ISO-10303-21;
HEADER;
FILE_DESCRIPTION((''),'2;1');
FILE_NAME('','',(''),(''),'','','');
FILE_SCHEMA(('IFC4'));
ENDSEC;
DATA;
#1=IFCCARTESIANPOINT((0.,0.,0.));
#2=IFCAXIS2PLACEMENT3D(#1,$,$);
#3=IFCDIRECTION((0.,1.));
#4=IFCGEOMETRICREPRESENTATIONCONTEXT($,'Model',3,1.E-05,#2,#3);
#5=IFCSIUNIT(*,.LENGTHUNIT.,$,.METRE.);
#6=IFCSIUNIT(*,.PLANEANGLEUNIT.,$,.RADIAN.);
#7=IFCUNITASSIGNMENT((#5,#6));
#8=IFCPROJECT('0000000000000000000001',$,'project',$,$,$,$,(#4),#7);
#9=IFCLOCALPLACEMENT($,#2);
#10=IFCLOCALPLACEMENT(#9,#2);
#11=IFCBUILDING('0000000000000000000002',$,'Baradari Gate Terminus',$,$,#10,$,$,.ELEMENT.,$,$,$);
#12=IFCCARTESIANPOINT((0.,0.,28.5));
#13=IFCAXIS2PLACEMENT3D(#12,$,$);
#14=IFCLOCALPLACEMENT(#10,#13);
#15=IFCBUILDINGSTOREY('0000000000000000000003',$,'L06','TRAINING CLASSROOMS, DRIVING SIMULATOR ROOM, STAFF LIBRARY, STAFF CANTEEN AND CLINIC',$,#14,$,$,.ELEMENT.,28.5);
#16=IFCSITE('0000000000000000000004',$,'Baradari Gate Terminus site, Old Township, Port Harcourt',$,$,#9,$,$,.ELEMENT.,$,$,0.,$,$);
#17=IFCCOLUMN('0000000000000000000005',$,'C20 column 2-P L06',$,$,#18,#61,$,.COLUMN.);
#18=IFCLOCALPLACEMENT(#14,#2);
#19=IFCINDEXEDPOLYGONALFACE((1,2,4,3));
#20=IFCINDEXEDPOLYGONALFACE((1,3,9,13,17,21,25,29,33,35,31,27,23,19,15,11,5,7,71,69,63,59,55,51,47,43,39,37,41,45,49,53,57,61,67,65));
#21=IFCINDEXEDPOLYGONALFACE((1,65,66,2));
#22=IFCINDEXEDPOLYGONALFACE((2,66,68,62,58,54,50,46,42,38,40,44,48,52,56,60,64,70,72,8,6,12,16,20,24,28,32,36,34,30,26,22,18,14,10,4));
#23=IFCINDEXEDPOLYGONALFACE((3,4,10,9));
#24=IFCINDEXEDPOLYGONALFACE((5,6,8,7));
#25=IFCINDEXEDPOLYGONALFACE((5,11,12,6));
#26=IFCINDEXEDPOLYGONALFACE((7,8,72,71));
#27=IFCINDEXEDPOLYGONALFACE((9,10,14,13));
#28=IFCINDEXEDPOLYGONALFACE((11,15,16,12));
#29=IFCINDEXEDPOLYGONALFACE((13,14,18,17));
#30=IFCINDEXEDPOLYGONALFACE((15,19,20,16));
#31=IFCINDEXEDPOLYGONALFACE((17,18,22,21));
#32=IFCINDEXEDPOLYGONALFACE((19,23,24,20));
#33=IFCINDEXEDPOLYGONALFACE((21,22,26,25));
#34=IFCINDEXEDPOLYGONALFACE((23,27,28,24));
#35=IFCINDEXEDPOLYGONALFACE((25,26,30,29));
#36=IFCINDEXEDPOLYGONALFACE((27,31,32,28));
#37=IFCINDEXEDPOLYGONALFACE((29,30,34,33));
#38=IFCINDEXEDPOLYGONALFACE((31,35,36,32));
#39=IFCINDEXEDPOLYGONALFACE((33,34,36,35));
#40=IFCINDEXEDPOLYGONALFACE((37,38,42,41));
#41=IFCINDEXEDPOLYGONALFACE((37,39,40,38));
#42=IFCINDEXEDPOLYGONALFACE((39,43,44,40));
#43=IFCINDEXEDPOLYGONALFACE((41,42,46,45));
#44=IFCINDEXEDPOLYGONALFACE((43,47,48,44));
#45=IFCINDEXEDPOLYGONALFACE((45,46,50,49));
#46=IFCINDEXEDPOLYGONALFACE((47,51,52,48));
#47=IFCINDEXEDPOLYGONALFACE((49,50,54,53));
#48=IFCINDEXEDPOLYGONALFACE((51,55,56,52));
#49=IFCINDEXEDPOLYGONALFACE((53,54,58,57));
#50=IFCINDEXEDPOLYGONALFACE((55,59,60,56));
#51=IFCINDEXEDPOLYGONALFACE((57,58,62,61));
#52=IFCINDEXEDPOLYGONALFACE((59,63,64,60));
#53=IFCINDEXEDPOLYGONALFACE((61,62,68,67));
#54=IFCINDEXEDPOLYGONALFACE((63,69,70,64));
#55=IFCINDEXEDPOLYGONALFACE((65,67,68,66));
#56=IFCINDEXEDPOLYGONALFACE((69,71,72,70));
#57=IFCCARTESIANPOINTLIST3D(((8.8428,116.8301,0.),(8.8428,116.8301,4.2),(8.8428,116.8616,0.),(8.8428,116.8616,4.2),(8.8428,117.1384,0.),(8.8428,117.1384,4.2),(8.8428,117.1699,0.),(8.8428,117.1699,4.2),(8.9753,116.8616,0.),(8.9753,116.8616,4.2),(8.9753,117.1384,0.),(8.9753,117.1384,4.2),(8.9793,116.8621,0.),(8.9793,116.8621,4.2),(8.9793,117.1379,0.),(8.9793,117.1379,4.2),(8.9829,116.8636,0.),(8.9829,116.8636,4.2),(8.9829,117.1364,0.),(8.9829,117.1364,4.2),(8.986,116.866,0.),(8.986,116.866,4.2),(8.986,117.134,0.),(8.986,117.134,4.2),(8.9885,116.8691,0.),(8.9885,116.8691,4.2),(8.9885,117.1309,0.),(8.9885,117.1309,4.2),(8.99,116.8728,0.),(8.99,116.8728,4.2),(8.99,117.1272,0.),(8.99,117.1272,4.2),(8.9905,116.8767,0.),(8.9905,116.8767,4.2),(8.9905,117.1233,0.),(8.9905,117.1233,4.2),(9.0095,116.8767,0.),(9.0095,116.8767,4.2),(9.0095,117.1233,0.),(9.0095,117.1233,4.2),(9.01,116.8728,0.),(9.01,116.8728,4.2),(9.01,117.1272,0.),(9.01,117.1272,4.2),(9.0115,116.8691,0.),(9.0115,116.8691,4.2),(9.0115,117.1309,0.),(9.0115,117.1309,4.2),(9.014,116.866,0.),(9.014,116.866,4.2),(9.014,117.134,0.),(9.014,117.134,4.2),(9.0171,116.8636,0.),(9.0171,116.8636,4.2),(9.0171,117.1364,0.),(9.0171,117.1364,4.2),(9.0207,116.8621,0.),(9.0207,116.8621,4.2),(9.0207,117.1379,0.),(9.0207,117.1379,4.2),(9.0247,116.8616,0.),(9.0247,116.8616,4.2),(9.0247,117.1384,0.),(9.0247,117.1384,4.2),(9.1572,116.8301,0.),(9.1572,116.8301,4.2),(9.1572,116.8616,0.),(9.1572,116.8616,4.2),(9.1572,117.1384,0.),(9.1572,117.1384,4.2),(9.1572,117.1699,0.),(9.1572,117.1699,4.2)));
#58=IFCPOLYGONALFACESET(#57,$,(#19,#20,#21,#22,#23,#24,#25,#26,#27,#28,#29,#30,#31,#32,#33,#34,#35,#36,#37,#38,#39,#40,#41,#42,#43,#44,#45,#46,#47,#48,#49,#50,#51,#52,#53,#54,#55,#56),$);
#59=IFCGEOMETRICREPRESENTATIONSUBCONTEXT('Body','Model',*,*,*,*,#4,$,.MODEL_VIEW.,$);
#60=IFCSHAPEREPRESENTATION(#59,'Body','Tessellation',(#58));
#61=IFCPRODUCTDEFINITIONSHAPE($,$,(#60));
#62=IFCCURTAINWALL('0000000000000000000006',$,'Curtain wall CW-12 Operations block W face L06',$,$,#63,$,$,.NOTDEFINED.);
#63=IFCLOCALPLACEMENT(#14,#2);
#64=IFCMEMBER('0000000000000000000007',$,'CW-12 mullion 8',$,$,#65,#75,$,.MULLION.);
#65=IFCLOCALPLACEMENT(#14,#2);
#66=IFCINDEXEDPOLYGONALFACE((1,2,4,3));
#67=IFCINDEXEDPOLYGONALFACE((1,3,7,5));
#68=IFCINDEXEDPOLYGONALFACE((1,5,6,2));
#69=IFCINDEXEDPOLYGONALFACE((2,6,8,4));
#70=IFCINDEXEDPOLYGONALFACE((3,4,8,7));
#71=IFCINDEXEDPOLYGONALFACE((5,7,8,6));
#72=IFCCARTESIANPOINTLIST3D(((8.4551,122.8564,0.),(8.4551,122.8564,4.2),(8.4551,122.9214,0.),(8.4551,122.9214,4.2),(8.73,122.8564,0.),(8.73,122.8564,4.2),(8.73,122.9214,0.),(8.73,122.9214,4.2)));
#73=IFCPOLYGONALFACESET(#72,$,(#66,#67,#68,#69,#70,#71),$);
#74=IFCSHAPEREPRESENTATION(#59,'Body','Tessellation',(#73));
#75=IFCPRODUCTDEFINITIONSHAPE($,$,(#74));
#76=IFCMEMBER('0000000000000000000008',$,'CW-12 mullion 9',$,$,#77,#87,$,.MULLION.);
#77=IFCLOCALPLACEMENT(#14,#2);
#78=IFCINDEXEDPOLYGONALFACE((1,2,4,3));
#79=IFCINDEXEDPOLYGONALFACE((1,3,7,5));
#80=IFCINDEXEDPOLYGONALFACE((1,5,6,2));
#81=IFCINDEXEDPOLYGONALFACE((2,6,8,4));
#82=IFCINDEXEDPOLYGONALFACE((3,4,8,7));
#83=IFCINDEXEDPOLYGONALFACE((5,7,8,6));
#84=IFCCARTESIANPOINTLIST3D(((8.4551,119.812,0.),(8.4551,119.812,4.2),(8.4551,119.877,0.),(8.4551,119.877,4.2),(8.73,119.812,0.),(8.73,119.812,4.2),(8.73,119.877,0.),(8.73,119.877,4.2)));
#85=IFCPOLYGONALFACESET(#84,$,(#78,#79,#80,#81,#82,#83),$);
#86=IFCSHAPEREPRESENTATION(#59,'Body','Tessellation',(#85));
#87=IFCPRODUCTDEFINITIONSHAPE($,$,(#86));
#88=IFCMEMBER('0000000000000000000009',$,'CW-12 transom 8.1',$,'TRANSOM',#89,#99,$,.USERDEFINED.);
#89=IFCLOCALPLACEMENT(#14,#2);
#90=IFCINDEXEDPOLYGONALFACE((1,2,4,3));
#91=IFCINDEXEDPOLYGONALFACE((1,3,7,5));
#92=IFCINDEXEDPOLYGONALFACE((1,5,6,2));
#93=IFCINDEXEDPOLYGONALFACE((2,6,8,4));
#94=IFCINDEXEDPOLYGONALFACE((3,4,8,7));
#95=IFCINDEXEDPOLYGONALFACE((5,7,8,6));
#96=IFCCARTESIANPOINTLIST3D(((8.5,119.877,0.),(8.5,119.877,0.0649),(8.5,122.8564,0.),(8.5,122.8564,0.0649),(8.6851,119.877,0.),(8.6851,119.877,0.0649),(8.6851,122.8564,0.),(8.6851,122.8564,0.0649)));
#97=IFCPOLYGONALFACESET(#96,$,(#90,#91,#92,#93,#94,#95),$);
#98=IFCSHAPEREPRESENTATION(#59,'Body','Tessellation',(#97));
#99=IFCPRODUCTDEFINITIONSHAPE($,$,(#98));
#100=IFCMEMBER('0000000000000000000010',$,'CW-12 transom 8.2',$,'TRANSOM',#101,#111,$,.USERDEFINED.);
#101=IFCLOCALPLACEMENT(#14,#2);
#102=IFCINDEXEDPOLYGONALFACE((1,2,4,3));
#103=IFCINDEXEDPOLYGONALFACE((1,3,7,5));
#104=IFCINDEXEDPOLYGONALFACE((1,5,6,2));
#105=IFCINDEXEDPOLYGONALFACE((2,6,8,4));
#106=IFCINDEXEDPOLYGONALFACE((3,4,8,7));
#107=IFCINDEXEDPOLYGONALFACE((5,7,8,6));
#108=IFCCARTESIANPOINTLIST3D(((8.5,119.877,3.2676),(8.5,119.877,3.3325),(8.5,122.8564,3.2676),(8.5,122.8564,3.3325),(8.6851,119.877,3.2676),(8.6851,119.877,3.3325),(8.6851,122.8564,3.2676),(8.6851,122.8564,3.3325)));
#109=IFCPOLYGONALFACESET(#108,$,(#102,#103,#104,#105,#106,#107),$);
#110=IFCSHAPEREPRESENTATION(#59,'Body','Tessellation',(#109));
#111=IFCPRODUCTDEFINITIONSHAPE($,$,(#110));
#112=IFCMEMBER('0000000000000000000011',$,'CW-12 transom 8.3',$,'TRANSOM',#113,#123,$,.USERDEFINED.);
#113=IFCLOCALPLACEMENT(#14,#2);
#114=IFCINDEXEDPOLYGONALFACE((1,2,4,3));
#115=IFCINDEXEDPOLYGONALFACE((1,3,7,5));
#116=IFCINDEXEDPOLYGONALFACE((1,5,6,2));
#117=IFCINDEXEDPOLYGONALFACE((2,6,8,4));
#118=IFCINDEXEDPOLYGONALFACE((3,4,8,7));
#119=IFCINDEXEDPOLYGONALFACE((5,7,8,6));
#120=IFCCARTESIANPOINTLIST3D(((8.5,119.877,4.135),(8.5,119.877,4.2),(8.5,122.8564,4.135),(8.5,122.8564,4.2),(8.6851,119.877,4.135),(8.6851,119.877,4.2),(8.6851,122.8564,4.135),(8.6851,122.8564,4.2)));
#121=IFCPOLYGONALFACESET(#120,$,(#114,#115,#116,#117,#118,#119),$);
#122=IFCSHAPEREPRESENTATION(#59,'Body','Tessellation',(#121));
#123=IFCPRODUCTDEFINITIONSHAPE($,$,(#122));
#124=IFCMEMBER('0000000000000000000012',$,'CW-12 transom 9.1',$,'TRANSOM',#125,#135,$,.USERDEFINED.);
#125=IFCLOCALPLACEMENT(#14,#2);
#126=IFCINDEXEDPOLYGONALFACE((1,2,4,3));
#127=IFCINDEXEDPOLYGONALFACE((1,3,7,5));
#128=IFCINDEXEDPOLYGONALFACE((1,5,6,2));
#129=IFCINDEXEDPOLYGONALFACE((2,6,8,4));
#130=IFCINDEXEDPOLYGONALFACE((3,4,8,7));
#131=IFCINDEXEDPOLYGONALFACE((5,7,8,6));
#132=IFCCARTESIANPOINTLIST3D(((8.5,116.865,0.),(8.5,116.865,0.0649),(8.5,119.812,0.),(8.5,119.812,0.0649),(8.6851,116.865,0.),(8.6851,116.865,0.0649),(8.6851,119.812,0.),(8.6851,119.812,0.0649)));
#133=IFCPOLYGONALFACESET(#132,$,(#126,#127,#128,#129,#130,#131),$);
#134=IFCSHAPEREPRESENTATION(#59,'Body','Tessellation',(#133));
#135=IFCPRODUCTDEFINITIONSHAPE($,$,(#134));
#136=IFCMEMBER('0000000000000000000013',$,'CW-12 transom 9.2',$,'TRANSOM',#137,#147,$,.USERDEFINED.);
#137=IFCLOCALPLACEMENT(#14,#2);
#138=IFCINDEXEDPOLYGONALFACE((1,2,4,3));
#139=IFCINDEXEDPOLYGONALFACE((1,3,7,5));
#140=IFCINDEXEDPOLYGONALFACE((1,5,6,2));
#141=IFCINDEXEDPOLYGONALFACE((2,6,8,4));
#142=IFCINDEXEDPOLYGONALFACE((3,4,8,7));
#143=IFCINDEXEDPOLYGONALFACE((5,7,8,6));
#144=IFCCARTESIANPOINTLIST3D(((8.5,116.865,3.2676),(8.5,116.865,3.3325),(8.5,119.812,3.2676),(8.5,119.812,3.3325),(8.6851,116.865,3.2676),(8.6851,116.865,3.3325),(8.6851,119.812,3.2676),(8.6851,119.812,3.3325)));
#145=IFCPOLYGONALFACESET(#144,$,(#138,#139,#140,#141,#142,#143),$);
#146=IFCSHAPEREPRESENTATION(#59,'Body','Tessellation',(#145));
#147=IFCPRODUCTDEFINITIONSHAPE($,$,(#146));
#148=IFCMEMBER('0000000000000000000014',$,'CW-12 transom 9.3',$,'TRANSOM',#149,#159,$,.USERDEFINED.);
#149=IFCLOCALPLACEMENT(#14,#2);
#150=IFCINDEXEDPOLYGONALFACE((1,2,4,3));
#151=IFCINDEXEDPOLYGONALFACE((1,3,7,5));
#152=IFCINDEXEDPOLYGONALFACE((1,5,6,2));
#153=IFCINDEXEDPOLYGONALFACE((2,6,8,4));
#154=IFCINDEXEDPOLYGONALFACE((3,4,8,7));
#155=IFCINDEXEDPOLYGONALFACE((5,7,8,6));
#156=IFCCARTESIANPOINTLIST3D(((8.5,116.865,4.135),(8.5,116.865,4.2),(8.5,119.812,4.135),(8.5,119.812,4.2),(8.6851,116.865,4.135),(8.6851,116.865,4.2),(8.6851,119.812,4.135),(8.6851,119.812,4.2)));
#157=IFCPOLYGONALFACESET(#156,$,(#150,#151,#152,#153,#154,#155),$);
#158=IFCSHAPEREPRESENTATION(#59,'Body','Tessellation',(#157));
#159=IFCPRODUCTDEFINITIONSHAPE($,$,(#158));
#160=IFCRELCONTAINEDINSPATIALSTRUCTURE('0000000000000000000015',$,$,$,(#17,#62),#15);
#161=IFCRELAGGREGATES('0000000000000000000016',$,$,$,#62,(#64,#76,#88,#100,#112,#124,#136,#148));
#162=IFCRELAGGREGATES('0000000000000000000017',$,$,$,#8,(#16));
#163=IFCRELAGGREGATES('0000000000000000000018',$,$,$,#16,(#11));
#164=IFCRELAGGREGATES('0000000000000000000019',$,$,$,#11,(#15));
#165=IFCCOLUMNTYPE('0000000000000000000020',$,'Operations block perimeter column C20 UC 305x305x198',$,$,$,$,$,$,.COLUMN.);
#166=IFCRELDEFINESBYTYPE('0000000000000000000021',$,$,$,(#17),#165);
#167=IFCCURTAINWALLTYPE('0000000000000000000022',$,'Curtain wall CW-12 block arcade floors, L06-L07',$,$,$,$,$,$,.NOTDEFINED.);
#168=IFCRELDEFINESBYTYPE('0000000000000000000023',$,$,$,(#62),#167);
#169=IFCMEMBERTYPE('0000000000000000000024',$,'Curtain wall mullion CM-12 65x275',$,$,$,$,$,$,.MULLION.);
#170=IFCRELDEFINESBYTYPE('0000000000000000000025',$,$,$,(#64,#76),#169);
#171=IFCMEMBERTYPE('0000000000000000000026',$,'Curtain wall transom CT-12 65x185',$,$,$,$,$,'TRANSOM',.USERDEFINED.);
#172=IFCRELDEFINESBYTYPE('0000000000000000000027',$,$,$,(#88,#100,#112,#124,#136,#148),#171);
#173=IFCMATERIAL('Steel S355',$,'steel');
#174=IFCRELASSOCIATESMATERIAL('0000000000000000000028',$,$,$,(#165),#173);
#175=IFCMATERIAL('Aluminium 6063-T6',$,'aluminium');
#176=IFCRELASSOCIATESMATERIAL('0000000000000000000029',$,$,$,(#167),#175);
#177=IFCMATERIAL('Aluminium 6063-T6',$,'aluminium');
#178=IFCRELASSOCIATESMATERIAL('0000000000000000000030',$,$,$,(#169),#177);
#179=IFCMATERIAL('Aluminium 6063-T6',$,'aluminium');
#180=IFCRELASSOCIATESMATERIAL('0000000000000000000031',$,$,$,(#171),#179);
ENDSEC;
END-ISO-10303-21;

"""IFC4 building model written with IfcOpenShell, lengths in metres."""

from ifc_helpers import new_model, si_unit, direction, frame, origin, origin_2d, place, context, subcontext, project, spatial, rectangle, i_section, extrude, material, material_profile, profile_set, type_object, element, aggregate, save


model = new_model("IFC4")

# Units and contexts
model_context = context("Model", 3, precision=1e-05, world=origin(), true_north=direction((0.0, 1.0)))
body_context = subcontext(model_context, "Body", "Model", "MODEL_VIEW")
ifc_project = project(units=[si_unit("LENGTHUNIT", "METRE"), si_unit("PLANEANGLEUNIT", "RADIAN")], contexts=[model_context])

# Site, building, storey
site_placement = place(None, origin())
site = spatial("IfcSite", under=ifc_project, at=site_placement, Name="Baradari Gate Terminus site, Old Township, Port Harcourt", CompositionType="ELEMENT", RefElevation=0.0)
building_placement = place(site_placement, origin())
building = spatial("IfcBuilding", under=site, at=building_placement, Name="Baradari Gate Terminus", CompositionType="ELEMENT")
storey_placement = place(building_placement, frame((0.0, 0.0, 28.5)))
storey = spatial("IfcBuildingStorey", under=building, at=storey_placement, Name="L06", Description="TRAINING CLASSROOMS, DRIVING SIMULATOR ROOM, STAFF LIBRARY, STAFF CANTEEN AND CLINIC", CompositionType="ELEMENT", Elevation=28.5)

# Column
ifc_material_1 = material(Name="Steel S355", Category="steel")
ifc_material_profile_1 = material_profile(ifc_material_1, i_section(OverallWidth=0.3145, OverallDepth=0.3398, WebThickness=0.019, FlangeThickness=0.0315, FilletRadius=0.0151, at=origin_2d()), Name="UC 305x305x198")
ifc_profile_set_1 = profile_set([ifc_material_profile_1], Name="Steel S355")
column_type = type_object("IfcColumnType", Name="Operations block perimeter column C20 UC 305x305x198", PredefinedType="COLUMN", material=ifc_profile_set_1)
column_placement = place(storey_placement, frame((9.0, 117.0, 0.0), z_axis=(0.0, 0.0, 1.0), x_axis=(1.0, 0.0, 0.0)))
element("IfcColumn", 1, at=column_placement, inside=storey, type_object=column_type, Name="C20 column 2-P L06", PredefinedType="COLUMN", context=body_context, shape_type="SweptSolid", body=[
    extrude(i_section(OverallWidth=0.3145, OverallDepth=0.3398, WebThickness=0.019, FlangeThickness=0.0315, FilletRadius=0.0151, at=origin_2d()), origin(), (0.0, 0.0, 1.0), 4.2),
])

# Curtain wall, members
ifc_material_2 = material(Name="Aluminium 6063-T6", Category="aluminium")
curtain_wall_type = type_object("IfcCurtainWallType", Name="Curtain wall CW-12 block arcade floors, L06-L07", PredefinedType="NOTDEFINED", material=ifc_material_2)
curtain_wall_placement = place(storey_placement, origin())
curtain_wall = element("IfcCurtainWall", 2, at=curtain_wall_placement, inside=storey, type_object=curtain_wall_type, Name="Curtain wall CW-12 Operations block W face L06", PredefinedType="NOTDEFINED")
ifc_material_3 = material(Name="Aluminium 6063-T6", Category="aluminium")
ifc_material_profile_2 = material_profile(ifc_material_3, rectangle(XDim=0.2749, YDim=0.0649, at=origin_2d()), Name="CM-12 65X275")
ifc_profile_set_2 = profile_set([ifc_material_profile_2], Name="Aluminium 6063-T6")
member_type_1 = type_object("IfcMemberType", Name="Curtain wall mullion CM-12 65x275", PredefinedType="MULLION", material=ifc_profile_set_2)
member_1_placement = place(storey_placement, frame((8.5925, 122.8889, 0.0), z_axis=(0.0, 0.0, 1.0), x_axis=(1.0, 0.0, 0.0)))
member_1 = element("IfcMember", 3, at=member_1_placement, type_object=member_type_1, Name="CW-12 mullion 8", PredefinedType="MULLION", context=body_context, shape_type="SweptSolid", body=[
    extrude(rectangle(XDim=0.2749, YDim=0.0649, at=origin_2d()), origin(), (0.0, 0.0, 1.0), 4.2),
])
member_2_placement = place(storey_placement, frame((8.5925, 119.8445, 0.0), z_axis=(0.0, 0.0, 1.0), x_axis=(1.0, 0.0, 0.0)))
member_2 = element("IfcMember", 4, at=member_2_placement, type_object=member_type_1, Name="CW-12 mullion 9", PredefinedType="MULLION", context=body_context, shape_type="SweptSolid", body=[
    extrude(rectangle(XDim=0.2749, YDim=0.0649, at=origin_2d()), origin(), (0.0, 0.0, 1.0), 4.2),
])
ifc_material_4 = material(Name="Aluminium 6063-T6", Category="aluminium")
ifc_material_profile_3 = material_profile(ifc_material_4, rectangle(XDim=0.1851, YDim=0.0649, at=origin_2d()), Name="CT-12 65X185")
ifc_profile_set_3 = profile_set([ifc_material_profile_3], Name="Aluminium 6063-T6")
member_type_2 = type_object("IfcMemberType", Name="Curtain wall transom CT-12 65x185", ElementType="TRANSOM", PredefinedType="USERDEFINED", material=ifc_profile_set_3)
member_3_placement = place(storey_placement, frame((8.5925, 122.8564, 0.0325), z_axis=(0.0, -1.0, 0.0), x_axis=(1.0, 0.0, 0.0)))
member_3 = element("IfcMember", 5, at=member_3_placement, type_object=member_type_2, Name="CW-12 transom 8.1", ObjectType="TRANSOM", PredefinedType="USERDEFINED", context=body_context, shape_type="SweptSolid", body=[
    extrude(rectangle(XDim=0.1851, YDim=0.0649, at=origin_2d()), origin(), (0.0, 0.0, 1.0), 2.9795),
])
member_4_placement = place(storey_placement, frame((8.5925, 122.8564, 3.3), z_axis=(0.0, -1.0, 0.0), x_axis=(1.0, 0.0, 0.0)))
member_4 = element("IfcMember", 6, at=member_4_placement, type_object=member_type_2, Name="CW-12 transom 8.2", ObjectType="TRANSOM", PredefinedType="USERDEFINED", context=body_context, shape_type="SweptSolid", body=[
    extrude(rectangle(XDim=0.1851, YDim=0.0649, at=origin_2d()), origin(), (0.0, 0.0, 1.0), 2.9795),
])
member_5_placement = place(storey_placement, frame((8.5925, 122.8564, 4.1675), z_axis=(0.0, -1.0, 0.0), x_axis=(1.0, 0.0, 0.0)))
member_5 = element("IfcMember", 7, at=member_5_placement, type_object=member_type_2, Name="CW-12 transom 8.3", ObjectType="TRANSOM", PredefinedType="USERDEFINED", context=body_context, shape_type="SweptSolid", body=[
    extrude(rectangle(XDim=0.1851, YDim=0.0649, at=origin_2d()), origin(), (0.0, 0.0, 1.0), 2.9795),
])
member_6_placement = place(storey_placement, frame((8.5925, 119.812, 0.0325), z_axis=(0.0, -1.0, 0.0), x_axis=(1.0, 0.0, 0.0)))
member_6 = element("IfcMember", 8, at=member_6_placement, type_object=member_type_2, Name="CW-12 transom 9.1", ObjectType="TRANSOM", PredefinedType="USERDEFINED", context=body_context, shape_type="SweptSolid", body=[
    extrude(rectangle(XDim=0.1851, YDim=0.0649, at=origin_2d()), origin(), (0.0, 0.0, 1.0), 2.947),
])
member_7_placement = place(storey_placement, frame((8.5925, 119.812, 3.3), z_axis=(0.0, -1.0, 0.0), x_axis=(1.0, 0.0, 0.0)))
member_7 = element("IfcMember", 9, at=member_7_placement, type_object=member_type_2, Name="CW-12 transom 9.2", ObjectType="TRANSOM", PredefinedType="USERDEFINED", context=body_context, shape_type="SweptSolid", body=[
    extrude(rectangle(XDim=0.1851, YDim=0.0649, at=origin_2d()), origin(), (0.0, 0.0, 1.0), 2.947),
])
member_8_placement = place(storey_placement, frame((8.5925, 119.812, 4.1675), z_axis=(0.0, -1.0, 0.0), x_axis=(1.0, 0.0, 0.0)))
member_8 = element("IfcMember", 10, at=member_8_placement, type_object=member_type_2, Name="CW-12 transom 9.3", ObjectType="TRANSOM", PredefinedType="USERDEFINED", context=body_context, shape_type="SweptSolid", body=[
    extrude(rectangle(XDim=0.1851, YDim=0.0649, at=origin_2d()), origin(), (0.0, 0.0, 1.0), 2.947),
])

aggregate(curtain_wall, [member_1, member_2, member_3, member_4, member_5, member_6, member_7, member_8])

save(model, "model.ifc")
